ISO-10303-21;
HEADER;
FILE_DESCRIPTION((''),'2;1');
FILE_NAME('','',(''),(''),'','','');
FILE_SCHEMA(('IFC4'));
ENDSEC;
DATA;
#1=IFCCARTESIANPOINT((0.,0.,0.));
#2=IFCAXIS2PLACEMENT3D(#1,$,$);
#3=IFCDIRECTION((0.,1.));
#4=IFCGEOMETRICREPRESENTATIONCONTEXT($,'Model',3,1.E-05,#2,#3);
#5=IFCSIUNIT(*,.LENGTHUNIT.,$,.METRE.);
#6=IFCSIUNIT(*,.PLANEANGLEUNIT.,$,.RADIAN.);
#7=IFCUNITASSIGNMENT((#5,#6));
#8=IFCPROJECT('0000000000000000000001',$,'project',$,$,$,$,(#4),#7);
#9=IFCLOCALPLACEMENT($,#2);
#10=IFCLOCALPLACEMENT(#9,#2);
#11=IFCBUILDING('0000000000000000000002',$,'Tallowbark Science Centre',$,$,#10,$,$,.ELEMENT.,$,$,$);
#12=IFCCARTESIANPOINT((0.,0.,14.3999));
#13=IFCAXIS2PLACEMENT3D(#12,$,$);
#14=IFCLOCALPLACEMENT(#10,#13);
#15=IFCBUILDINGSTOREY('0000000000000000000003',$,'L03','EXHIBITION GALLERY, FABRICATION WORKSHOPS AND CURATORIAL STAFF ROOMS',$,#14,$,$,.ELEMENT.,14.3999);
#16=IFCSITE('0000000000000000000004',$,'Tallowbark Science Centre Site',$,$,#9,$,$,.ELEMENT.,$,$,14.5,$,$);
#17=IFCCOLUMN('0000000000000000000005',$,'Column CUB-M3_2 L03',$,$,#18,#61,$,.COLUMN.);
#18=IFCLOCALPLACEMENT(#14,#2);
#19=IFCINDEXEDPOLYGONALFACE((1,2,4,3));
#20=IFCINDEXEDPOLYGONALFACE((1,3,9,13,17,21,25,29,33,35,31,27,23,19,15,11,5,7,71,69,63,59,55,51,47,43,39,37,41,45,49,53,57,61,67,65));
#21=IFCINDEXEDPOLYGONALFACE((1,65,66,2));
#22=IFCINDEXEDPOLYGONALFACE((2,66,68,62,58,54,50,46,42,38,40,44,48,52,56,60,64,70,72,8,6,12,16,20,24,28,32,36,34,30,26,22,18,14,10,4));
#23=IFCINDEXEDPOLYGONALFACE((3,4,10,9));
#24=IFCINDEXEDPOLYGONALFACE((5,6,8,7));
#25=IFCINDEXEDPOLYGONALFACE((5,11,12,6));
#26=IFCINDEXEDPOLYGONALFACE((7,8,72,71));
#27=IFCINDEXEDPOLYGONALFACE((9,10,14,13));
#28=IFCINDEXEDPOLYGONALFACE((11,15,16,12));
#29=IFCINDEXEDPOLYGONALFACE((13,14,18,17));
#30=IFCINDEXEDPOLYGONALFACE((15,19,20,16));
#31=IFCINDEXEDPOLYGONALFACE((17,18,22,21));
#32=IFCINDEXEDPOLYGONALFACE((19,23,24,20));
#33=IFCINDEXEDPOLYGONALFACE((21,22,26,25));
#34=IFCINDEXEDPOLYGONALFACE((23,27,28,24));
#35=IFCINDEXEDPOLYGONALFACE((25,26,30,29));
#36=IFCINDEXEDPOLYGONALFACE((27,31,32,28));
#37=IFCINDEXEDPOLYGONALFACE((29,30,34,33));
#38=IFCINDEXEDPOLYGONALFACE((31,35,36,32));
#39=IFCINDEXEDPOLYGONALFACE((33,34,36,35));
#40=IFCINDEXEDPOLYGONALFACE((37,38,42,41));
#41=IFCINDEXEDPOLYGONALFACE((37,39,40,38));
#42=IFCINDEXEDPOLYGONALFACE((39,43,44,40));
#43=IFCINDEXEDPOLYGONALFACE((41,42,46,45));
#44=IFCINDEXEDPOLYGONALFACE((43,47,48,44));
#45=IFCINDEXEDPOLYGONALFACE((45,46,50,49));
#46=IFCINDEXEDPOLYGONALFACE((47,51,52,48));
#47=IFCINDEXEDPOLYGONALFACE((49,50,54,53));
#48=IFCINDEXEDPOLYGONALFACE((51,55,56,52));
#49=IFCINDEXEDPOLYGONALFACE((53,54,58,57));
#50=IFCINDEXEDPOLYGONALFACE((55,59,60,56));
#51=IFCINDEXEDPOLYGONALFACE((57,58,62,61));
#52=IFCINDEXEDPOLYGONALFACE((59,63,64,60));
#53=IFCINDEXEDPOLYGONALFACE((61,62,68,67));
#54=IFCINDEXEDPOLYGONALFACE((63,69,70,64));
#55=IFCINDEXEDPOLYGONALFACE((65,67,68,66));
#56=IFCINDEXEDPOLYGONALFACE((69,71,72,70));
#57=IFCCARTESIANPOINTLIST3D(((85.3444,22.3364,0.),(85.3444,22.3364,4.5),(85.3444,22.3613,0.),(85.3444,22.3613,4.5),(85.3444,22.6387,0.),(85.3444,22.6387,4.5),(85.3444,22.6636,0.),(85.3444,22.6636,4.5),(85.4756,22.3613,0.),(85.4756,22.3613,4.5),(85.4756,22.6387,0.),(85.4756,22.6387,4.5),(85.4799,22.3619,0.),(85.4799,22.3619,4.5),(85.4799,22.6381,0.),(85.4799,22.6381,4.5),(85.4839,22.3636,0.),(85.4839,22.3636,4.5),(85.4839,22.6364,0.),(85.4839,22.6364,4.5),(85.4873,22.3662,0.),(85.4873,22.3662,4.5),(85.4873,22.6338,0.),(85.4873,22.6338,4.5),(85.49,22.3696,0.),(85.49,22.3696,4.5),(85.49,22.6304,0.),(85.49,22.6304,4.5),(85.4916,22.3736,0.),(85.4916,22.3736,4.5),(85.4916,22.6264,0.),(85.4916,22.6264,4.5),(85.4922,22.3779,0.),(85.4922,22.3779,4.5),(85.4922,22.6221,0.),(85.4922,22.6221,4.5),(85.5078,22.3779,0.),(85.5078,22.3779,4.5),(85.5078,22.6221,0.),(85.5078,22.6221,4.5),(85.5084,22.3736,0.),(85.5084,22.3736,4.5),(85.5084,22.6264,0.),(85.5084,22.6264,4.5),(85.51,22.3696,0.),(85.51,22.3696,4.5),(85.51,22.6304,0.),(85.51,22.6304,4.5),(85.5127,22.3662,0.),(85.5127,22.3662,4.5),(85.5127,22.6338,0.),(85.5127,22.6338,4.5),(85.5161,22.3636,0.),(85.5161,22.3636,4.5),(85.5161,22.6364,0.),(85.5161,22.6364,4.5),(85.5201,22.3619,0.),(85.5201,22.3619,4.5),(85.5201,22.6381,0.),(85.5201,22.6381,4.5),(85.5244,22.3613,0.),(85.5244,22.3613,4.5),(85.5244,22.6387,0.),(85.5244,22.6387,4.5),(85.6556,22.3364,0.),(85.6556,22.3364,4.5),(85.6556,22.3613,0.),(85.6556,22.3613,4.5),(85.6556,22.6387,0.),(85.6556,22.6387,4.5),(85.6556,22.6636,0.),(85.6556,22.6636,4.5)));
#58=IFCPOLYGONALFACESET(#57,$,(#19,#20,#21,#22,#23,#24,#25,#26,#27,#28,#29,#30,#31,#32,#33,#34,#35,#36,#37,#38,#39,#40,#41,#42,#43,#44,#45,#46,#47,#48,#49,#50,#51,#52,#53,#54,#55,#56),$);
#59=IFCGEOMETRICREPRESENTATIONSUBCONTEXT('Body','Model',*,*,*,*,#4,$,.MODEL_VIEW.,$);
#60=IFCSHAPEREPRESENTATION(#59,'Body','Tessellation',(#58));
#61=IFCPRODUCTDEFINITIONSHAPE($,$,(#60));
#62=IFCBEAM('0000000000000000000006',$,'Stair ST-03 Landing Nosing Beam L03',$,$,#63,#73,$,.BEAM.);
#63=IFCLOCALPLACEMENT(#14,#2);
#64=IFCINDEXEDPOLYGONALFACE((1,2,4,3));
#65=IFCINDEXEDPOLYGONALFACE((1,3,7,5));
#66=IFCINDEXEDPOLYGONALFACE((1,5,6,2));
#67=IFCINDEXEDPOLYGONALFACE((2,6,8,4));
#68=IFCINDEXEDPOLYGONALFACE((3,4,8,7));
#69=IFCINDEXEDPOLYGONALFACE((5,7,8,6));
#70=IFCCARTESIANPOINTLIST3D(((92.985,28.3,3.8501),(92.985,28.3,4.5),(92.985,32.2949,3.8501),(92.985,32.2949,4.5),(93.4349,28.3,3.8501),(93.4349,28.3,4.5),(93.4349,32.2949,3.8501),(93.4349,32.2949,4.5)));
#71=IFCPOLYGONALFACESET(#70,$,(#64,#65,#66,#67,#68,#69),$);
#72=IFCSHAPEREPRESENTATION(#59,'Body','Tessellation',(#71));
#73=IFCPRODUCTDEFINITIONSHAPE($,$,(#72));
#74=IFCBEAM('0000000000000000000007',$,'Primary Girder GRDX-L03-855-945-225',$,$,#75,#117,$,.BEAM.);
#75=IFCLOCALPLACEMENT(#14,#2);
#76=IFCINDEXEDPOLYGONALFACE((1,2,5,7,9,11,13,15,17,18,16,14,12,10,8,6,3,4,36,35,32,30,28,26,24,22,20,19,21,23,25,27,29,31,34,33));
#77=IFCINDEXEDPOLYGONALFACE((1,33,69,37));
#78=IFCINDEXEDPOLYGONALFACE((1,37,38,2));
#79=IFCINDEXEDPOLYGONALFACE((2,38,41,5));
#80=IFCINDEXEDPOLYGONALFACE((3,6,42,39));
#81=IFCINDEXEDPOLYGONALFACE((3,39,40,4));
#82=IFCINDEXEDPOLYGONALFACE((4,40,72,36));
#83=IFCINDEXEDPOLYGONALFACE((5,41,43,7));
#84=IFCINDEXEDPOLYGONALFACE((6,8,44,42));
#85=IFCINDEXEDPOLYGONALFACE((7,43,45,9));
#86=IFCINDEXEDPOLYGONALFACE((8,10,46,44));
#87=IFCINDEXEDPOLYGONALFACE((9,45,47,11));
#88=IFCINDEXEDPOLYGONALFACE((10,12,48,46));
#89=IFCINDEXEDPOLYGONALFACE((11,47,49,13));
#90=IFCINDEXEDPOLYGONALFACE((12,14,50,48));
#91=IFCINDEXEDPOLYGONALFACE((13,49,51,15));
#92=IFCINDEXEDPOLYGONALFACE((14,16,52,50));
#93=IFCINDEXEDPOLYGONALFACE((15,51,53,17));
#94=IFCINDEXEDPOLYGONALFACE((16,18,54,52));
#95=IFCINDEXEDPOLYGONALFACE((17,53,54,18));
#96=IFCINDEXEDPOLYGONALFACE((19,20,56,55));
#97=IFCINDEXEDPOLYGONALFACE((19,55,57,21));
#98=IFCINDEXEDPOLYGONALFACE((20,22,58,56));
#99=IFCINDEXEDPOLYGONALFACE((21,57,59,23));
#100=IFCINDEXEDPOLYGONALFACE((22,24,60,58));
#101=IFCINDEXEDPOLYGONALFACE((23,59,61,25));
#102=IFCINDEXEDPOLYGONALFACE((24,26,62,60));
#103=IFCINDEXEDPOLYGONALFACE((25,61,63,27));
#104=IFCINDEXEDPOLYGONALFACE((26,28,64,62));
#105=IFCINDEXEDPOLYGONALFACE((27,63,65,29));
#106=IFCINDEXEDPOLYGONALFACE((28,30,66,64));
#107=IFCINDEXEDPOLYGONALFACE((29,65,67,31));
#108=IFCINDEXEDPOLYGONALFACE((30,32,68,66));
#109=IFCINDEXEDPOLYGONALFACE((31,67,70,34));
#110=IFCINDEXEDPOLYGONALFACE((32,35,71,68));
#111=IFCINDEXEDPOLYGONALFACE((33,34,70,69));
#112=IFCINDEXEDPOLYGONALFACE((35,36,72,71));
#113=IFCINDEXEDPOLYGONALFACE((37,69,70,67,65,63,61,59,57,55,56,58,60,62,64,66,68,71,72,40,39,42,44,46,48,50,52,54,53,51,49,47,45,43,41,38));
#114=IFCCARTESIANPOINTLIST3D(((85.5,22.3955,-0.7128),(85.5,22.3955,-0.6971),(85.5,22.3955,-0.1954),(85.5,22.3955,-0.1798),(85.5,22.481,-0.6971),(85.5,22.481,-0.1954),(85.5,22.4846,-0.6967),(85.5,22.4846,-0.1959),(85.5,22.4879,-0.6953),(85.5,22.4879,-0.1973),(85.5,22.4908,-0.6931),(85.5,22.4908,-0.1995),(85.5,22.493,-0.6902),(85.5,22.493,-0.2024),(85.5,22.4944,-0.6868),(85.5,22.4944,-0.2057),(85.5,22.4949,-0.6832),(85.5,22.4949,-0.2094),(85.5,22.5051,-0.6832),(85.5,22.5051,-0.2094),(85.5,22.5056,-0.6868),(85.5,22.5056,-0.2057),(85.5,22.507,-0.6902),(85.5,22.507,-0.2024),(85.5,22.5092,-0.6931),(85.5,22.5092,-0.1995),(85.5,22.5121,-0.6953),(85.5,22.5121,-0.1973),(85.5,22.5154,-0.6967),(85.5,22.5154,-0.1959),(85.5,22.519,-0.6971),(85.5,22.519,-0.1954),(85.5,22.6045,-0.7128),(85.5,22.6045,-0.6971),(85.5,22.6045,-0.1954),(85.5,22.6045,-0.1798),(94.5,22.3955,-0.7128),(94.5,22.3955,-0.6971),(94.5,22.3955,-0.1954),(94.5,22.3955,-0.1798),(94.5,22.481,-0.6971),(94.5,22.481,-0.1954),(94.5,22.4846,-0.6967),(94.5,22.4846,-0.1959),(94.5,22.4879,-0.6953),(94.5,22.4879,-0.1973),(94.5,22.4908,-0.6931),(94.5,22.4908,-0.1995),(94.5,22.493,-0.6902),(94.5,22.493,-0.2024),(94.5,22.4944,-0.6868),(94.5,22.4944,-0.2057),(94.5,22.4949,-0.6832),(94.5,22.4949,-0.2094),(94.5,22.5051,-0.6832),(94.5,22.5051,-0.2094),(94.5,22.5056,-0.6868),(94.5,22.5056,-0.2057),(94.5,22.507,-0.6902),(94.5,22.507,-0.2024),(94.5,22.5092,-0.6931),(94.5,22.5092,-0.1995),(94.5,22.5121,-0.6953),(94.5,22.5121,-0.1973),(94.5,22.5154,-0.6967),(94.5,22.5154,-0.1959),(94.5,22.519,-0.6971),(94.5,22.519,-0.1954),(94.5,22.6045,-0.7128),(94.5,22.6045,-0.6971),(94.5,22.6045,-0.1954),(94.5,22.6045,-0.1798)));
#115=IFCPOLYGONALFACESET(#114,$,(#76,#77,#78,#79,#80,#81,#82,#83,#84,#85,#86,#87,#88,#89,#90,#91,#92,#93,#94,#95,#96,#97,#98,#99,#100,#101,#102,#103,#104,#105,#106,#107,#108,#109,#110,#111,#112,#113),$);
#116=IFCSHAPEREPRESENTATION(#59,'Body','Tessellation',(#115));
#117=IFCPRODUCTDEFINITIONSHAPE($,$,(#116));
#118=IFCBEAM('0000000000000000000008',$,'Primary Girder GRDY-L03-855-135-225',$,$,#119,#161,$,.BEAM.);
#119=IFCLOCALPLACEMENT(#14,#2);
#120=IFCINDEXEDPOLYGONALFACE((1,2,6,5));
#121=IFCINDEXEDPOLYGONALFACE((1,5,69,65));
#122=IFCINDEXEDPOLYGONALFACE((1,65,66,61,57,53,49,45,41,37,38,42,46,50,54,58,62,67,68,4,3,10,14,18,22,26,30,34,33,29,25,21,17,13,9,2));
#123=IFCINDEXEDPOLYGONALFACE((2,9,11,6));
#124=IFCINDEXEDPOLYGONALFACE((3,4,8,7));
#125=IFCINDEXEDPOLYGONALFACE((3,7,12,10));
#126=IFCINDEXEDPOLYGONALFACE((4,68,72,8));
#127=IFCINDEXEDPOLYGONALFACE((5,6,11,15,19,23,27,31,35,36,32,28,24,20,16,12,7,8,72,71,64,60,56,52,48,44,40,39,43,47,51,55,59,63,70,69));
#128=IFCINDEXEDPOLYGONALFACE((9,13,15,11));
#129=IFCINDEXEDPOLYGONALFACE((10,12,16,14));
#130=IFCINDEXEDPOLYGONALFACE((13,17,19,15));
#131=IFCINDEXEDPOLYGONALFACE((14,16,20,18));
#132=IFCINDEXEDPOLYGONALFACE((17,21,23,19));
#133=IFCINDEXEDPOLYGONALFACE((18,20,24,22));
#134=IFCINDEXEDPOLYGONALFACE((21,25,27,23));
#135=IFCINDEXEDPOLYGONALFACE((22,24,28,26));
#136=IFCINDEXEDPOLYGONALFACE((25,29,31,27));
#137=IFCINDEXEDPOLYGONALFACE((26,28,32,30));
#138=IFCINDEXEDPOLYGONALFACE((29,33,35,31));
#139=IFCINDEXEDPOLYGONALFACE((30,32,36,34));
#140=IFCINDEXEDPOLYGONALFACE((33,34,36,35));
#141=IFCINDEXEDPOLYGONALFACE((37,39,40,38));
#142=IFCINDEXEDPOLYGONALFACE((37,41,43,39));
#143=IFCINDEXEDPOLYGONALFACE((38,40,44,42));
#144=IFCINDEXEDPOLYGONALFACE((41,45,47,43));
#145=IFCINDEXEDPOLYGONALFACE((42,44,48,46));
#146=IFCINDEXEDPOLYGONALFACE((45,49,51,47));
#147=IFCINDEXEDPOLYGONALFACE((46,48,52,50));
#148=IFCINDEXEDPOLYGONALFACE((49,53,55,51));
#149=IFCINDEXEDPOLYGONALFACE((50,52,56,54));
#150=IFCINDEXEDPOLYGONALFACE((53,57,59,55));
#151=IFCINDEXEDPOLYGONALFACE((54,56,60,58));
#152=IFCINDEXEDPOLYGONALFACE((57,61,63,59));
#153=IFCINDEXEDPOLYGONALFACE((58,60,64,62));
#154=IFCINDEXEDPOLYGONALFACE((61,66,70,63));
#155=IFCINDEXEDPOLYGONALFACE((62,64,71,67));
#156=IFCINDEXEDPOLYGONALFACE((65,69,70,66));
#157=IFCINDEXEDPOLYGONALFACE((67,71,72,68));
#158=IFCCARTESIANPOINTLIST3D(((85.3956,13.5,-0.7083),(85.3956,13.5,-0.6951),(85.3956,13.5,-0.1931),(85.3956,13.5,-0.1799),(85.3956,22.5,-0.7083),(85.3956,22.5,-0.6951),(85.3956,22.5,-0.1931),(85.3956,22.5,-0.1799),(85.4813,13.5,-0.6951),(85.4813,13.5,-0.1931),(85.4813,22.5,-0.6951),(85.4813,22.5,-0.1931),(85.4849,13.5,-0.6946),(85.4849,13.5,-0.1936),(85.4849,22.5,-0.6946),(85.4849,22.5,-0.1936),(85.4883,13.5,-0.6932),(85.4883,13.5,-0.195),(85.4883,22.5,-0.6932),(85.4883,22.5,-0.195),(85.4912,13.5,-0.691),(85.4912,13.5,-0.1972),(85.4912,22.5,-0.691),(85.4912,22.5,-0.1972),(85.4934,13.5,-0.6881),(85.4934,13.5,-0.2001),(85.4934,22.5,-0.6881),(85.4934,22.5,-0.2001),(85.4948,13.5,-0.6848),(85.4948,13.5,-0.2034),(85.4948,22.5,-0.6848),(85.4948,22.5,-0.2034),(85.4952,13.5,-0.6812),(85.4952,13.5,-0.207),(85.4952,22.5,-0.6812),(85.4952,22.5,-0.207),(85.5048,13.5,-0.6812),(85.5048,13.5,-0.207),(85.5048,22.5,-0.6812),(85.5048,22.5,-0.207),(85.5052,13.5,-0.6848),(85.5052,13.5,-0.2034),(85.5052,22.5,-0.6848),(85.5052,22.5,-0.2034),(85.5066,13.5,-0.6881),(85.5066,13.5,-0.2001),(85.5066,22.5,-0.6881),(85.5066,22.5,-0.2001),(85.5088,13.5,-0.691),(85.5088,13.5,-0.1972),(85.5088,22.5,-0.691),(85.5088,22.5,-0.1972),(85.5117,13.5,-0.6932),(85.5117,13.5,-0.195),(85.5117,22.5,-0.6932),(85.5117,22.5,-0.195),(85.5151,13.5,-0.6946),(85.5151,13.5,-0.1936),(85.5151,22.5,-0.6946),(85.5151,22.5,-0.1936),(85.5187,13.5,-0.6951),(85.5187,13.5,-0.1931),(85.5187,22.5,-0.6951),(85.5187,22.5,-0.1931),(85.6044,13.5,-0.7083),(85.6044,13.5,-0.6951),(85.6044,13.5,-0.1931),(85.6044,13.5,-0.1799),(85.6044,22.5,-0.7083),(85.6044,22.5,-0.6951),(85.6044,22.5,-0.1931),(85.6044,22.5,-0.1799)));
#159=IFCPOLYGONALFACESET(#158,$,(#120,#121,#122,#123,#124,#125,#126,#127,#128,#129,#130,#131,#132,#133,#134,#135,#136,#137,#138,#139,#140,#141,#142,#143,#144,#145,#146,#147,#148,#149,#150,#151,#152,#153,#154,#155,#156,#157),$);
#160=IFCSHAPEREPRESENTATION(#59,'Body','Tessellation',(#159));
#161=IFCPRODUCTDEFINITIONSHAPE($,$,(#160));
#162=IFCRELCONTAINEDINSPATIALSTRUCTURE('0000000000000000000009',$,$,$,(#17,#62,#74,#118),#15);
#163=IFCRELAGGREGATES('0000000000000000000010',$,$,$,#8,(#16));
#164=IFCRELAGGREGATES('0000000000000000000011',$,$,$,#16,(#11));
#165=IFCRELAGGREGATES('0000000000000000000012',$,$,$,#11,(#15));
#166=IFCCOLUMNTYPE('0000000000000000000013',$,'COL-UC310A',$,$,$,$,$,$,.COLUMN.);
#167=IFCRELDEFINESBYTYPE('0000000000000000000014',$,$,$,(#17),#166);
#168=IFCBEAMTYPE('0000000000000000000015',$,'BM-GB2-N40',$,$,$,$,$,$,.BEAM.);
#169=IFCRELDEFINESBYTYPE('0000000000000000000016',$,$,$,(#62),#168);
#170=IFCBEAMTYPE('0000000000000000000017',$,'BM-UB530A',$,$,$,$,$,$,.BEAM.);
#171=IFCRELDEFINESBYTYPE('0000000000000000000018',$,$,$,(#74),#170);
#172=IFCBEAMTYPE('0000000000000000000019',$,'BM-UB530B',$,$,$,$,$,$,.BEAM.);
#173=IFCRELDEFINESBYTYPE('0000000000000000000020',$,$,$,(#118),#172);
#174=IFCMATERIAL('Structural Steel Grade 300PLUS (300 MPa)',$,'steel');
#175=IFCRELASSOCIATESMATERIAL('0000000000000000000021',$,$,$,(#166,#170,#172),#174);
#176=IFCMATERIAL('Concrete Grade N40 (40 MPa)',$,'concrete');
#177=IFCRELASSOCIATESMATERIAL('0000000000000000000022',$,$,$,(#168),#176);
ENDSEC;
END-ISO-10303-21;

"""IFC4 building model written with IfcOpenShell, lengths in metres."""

from ifc_helpers import new_model, si_unit, direction, frame, origin, origin_2d, place, context, subcontext, project, spatial, rectangle, i_section, extrude, material, material_profile, profile_set, type_object, element, save


model = new_model("IFC4")

# Units and contexts
model_context = context("Model", 3, precision=1e-05, world=origin(), true_north=direction((0.0, 1.0)))
body_context = subcontext(model_context, "Body", "Model", "MODEL_VIEW")
ifc_project = project(units=[si_unit("LENGTHUNIT", "METRE"), si_unit("PLANEANGLEUNIT", "RADIAN")], contexts=[model_context])

# Site, building, storey
site_placement = place(None, origin())
site = spatial("IfcSite", under=ifc_project, at=site_placement, Name="Tallowbark Science Centre Site", CompositionType="ELEMENT", RefElevation=14.5)
building_placement = place(site_placement, origin())
building = spatial("IfcBuilding", under=site, at=building_placement, Name="Tallowbark Science Centre", CompositionType="ELEMENT")
storey_placement = place(building_placement, frame((0.0, 0.0, 14.3999)))
storey = spatial("IfcBuildingStorey", under=building, at=storey_placement, Name="L03", Description="EXHIBITION GALLERY, FABRICATION WORKSHOPS AND CURATORIAL STAFF ROOMS", CompositionType="ELEMENT", Elevation=14.3999)

# Column
ifc_material_1 = material(Name="Structural Steel Grade 300PLUS (300 MPa)", Category="steel")
ifc_material_profile_1 = material_profile(ifc_material_1, i_section(OverallWidth=0.3113, OverallDepth=0.3271, WebThickness=0.0156, FlangeThickness=0.0249, FilletRadius=0.0166, at=origin_2d()), Name="310UC158")
ifc_profile_set_1 = profile_set([ifc_material_profile_1], Name="Structural Steel Grade 300PLUS (300 MPa)")
column_type = type_object("IfcColumnType", Name="COL-UC310A", PredefinedType="COLUMN", material=ifc_profile_set_1)
column_placement = place(storey_placement, frame((85.5, 22.5, 0.0), z_axis=(0.0, 0.0, 1.0), x_axis=(1.0, 0.0, 0.0)))
element("IfcColumn", 1, at=column_placement, inside=storey, type_object=column_type, Name="Column CUB-M3_2 L03", PredefinedType="COLUMN", context=body_context, shape_type="SweptSolid", body=[
    extrude(i_section(OverallWidth=0.3113, OverallDepth=0.3271, WebThickness=0.0156, FlangeThickness=0.0249, FilletRadius=0.0166, at=origin_2d()), origin(), (0.0, 0.0, 1.0), 4.5),
])

# Beams
ifc_material_2 = material(Name="Concrete Grade N40 (40 MPa)", Category="concrete")
ifc_material_profile_2 = material_profile(ifc_material_2, rectangle(XDim=0.45, YDim=0.6499, at=origin_2d()), Name="RC450x650")
ifc_profile_set_2 = profile_set([ifc_material_profile_2], Name="Concrete Grade N40 (40 MPa)")
beam_type_1 = type_object("IfcBeamType", Name="BM-GB2-N40", PredefinedType="BEAM", material=ifc_profile_set_2)
beam_1_placement = place(storey_placement, frame((93.21, 28.3, 4.175), z_axis=(0.0, 1.0, 0.0), x_axis=(-1.0, 0.0, 0.0)))
element("IfcBeam", 2, at=beam_1_placement, inside=storey, type_object=beam_type_1, Name="Stair ST-03 Landing Nosing Beam L03", PredefinedType="BEAM", context=body_context, shape_type="SweptSolid", body=[
    extrude(rectangle(XDim=0.45, YDim=0.6499, at=origin_2d()), origin(), (0.0, 0.0, 1.0), 3.9949),
])
ifc_material_profile_3 = material_profile(ifc_material_1, i_section(OverallWidth=0.209, OverallDepth=0.533, WebThickness=0.0103, FlangeThickness=0.0156, FilletRadius=0.0139, at=origin_2d()), Name="530UB92.4")
ifc_profile_set_3 = profile_set([ifc_material_profile_3], Name="Structural Steel Grade 300PLUS (300 MPa)")
beam_type_2 = type_object("IfcBeamType", Name="BM-UB530A", PredefinedType="BEAM", material=ifc_profile_set_3)
beam_2_placement = place(storey_placement, frame((85.5, 22.5, -0.4463), z_axis=(1.0, 0.0, 0.0), x_axis=(0.0, 1.0, 0.0)))
element("IfcBeam", 3, at=beam_2_placement, inside=storey, type_object=beam_type_2, Name="Primary Girder GRDX-L03-855-945-225", PredefinedType="BEAM", context=body_context, shape_type="SweptSolid", body=[
    extrude(i_section(OverallWidth=0.209, OverallDepth=0.533, WebThickness=0.0103, FlangeThickness=0.0156, FilletRadius=0.0139, at=origin_2d()), origin(), (0.0, 0.0, 1.0), 9.0),
])
ifc_material_profile_4 = material_profile(ifc_material_1, i_section(OverallWidth=0.2087, OverallDepth=0.5283, WebThickness=0.0095, FlangeThickness=0.0132, FilletRadius=0.0139, at=origin_2d()), Name="530UB82.0")
ifc_profile_set_4 = profile_set([ifc_material_profile_4], Name="Structural Steel Grade 300PLUS (300 MPa)")
beam_type_3 = type_object("IfcBeamType", Name="BM-UB530B", PredefinedType="BEAM", material=ifc_profile_set_4)
for number, where, z_axis, x_axis, name in (
    (4, (85.5, 13.5, -0.4441), (0.0, 1.0, 0.0), (-1.0, 0.0, 0.0), "Primary Girder GRDY-L03-855-135-225"),
):
    element("IfcBeam", number, at=place(storey_placement, frame(where, z_axis=z_axis, x_axis=x_axis)), inside=storey, type_object=beam_type_3, Name=name, PredefinedType="BEAM", context=body_context, shape_type="SweptSolid", body=[
        extrude(i_section(OverallWidth=0.2087, OverallDepth=0.5283, WebThickness=0.0095, FlangeThickness=0.0132, FilletRadius=0.0139, at=origin_2d()), origin(), (0.0, 0.0, 1.0), 9.0),
    ])

save(model, "model.ifc")
